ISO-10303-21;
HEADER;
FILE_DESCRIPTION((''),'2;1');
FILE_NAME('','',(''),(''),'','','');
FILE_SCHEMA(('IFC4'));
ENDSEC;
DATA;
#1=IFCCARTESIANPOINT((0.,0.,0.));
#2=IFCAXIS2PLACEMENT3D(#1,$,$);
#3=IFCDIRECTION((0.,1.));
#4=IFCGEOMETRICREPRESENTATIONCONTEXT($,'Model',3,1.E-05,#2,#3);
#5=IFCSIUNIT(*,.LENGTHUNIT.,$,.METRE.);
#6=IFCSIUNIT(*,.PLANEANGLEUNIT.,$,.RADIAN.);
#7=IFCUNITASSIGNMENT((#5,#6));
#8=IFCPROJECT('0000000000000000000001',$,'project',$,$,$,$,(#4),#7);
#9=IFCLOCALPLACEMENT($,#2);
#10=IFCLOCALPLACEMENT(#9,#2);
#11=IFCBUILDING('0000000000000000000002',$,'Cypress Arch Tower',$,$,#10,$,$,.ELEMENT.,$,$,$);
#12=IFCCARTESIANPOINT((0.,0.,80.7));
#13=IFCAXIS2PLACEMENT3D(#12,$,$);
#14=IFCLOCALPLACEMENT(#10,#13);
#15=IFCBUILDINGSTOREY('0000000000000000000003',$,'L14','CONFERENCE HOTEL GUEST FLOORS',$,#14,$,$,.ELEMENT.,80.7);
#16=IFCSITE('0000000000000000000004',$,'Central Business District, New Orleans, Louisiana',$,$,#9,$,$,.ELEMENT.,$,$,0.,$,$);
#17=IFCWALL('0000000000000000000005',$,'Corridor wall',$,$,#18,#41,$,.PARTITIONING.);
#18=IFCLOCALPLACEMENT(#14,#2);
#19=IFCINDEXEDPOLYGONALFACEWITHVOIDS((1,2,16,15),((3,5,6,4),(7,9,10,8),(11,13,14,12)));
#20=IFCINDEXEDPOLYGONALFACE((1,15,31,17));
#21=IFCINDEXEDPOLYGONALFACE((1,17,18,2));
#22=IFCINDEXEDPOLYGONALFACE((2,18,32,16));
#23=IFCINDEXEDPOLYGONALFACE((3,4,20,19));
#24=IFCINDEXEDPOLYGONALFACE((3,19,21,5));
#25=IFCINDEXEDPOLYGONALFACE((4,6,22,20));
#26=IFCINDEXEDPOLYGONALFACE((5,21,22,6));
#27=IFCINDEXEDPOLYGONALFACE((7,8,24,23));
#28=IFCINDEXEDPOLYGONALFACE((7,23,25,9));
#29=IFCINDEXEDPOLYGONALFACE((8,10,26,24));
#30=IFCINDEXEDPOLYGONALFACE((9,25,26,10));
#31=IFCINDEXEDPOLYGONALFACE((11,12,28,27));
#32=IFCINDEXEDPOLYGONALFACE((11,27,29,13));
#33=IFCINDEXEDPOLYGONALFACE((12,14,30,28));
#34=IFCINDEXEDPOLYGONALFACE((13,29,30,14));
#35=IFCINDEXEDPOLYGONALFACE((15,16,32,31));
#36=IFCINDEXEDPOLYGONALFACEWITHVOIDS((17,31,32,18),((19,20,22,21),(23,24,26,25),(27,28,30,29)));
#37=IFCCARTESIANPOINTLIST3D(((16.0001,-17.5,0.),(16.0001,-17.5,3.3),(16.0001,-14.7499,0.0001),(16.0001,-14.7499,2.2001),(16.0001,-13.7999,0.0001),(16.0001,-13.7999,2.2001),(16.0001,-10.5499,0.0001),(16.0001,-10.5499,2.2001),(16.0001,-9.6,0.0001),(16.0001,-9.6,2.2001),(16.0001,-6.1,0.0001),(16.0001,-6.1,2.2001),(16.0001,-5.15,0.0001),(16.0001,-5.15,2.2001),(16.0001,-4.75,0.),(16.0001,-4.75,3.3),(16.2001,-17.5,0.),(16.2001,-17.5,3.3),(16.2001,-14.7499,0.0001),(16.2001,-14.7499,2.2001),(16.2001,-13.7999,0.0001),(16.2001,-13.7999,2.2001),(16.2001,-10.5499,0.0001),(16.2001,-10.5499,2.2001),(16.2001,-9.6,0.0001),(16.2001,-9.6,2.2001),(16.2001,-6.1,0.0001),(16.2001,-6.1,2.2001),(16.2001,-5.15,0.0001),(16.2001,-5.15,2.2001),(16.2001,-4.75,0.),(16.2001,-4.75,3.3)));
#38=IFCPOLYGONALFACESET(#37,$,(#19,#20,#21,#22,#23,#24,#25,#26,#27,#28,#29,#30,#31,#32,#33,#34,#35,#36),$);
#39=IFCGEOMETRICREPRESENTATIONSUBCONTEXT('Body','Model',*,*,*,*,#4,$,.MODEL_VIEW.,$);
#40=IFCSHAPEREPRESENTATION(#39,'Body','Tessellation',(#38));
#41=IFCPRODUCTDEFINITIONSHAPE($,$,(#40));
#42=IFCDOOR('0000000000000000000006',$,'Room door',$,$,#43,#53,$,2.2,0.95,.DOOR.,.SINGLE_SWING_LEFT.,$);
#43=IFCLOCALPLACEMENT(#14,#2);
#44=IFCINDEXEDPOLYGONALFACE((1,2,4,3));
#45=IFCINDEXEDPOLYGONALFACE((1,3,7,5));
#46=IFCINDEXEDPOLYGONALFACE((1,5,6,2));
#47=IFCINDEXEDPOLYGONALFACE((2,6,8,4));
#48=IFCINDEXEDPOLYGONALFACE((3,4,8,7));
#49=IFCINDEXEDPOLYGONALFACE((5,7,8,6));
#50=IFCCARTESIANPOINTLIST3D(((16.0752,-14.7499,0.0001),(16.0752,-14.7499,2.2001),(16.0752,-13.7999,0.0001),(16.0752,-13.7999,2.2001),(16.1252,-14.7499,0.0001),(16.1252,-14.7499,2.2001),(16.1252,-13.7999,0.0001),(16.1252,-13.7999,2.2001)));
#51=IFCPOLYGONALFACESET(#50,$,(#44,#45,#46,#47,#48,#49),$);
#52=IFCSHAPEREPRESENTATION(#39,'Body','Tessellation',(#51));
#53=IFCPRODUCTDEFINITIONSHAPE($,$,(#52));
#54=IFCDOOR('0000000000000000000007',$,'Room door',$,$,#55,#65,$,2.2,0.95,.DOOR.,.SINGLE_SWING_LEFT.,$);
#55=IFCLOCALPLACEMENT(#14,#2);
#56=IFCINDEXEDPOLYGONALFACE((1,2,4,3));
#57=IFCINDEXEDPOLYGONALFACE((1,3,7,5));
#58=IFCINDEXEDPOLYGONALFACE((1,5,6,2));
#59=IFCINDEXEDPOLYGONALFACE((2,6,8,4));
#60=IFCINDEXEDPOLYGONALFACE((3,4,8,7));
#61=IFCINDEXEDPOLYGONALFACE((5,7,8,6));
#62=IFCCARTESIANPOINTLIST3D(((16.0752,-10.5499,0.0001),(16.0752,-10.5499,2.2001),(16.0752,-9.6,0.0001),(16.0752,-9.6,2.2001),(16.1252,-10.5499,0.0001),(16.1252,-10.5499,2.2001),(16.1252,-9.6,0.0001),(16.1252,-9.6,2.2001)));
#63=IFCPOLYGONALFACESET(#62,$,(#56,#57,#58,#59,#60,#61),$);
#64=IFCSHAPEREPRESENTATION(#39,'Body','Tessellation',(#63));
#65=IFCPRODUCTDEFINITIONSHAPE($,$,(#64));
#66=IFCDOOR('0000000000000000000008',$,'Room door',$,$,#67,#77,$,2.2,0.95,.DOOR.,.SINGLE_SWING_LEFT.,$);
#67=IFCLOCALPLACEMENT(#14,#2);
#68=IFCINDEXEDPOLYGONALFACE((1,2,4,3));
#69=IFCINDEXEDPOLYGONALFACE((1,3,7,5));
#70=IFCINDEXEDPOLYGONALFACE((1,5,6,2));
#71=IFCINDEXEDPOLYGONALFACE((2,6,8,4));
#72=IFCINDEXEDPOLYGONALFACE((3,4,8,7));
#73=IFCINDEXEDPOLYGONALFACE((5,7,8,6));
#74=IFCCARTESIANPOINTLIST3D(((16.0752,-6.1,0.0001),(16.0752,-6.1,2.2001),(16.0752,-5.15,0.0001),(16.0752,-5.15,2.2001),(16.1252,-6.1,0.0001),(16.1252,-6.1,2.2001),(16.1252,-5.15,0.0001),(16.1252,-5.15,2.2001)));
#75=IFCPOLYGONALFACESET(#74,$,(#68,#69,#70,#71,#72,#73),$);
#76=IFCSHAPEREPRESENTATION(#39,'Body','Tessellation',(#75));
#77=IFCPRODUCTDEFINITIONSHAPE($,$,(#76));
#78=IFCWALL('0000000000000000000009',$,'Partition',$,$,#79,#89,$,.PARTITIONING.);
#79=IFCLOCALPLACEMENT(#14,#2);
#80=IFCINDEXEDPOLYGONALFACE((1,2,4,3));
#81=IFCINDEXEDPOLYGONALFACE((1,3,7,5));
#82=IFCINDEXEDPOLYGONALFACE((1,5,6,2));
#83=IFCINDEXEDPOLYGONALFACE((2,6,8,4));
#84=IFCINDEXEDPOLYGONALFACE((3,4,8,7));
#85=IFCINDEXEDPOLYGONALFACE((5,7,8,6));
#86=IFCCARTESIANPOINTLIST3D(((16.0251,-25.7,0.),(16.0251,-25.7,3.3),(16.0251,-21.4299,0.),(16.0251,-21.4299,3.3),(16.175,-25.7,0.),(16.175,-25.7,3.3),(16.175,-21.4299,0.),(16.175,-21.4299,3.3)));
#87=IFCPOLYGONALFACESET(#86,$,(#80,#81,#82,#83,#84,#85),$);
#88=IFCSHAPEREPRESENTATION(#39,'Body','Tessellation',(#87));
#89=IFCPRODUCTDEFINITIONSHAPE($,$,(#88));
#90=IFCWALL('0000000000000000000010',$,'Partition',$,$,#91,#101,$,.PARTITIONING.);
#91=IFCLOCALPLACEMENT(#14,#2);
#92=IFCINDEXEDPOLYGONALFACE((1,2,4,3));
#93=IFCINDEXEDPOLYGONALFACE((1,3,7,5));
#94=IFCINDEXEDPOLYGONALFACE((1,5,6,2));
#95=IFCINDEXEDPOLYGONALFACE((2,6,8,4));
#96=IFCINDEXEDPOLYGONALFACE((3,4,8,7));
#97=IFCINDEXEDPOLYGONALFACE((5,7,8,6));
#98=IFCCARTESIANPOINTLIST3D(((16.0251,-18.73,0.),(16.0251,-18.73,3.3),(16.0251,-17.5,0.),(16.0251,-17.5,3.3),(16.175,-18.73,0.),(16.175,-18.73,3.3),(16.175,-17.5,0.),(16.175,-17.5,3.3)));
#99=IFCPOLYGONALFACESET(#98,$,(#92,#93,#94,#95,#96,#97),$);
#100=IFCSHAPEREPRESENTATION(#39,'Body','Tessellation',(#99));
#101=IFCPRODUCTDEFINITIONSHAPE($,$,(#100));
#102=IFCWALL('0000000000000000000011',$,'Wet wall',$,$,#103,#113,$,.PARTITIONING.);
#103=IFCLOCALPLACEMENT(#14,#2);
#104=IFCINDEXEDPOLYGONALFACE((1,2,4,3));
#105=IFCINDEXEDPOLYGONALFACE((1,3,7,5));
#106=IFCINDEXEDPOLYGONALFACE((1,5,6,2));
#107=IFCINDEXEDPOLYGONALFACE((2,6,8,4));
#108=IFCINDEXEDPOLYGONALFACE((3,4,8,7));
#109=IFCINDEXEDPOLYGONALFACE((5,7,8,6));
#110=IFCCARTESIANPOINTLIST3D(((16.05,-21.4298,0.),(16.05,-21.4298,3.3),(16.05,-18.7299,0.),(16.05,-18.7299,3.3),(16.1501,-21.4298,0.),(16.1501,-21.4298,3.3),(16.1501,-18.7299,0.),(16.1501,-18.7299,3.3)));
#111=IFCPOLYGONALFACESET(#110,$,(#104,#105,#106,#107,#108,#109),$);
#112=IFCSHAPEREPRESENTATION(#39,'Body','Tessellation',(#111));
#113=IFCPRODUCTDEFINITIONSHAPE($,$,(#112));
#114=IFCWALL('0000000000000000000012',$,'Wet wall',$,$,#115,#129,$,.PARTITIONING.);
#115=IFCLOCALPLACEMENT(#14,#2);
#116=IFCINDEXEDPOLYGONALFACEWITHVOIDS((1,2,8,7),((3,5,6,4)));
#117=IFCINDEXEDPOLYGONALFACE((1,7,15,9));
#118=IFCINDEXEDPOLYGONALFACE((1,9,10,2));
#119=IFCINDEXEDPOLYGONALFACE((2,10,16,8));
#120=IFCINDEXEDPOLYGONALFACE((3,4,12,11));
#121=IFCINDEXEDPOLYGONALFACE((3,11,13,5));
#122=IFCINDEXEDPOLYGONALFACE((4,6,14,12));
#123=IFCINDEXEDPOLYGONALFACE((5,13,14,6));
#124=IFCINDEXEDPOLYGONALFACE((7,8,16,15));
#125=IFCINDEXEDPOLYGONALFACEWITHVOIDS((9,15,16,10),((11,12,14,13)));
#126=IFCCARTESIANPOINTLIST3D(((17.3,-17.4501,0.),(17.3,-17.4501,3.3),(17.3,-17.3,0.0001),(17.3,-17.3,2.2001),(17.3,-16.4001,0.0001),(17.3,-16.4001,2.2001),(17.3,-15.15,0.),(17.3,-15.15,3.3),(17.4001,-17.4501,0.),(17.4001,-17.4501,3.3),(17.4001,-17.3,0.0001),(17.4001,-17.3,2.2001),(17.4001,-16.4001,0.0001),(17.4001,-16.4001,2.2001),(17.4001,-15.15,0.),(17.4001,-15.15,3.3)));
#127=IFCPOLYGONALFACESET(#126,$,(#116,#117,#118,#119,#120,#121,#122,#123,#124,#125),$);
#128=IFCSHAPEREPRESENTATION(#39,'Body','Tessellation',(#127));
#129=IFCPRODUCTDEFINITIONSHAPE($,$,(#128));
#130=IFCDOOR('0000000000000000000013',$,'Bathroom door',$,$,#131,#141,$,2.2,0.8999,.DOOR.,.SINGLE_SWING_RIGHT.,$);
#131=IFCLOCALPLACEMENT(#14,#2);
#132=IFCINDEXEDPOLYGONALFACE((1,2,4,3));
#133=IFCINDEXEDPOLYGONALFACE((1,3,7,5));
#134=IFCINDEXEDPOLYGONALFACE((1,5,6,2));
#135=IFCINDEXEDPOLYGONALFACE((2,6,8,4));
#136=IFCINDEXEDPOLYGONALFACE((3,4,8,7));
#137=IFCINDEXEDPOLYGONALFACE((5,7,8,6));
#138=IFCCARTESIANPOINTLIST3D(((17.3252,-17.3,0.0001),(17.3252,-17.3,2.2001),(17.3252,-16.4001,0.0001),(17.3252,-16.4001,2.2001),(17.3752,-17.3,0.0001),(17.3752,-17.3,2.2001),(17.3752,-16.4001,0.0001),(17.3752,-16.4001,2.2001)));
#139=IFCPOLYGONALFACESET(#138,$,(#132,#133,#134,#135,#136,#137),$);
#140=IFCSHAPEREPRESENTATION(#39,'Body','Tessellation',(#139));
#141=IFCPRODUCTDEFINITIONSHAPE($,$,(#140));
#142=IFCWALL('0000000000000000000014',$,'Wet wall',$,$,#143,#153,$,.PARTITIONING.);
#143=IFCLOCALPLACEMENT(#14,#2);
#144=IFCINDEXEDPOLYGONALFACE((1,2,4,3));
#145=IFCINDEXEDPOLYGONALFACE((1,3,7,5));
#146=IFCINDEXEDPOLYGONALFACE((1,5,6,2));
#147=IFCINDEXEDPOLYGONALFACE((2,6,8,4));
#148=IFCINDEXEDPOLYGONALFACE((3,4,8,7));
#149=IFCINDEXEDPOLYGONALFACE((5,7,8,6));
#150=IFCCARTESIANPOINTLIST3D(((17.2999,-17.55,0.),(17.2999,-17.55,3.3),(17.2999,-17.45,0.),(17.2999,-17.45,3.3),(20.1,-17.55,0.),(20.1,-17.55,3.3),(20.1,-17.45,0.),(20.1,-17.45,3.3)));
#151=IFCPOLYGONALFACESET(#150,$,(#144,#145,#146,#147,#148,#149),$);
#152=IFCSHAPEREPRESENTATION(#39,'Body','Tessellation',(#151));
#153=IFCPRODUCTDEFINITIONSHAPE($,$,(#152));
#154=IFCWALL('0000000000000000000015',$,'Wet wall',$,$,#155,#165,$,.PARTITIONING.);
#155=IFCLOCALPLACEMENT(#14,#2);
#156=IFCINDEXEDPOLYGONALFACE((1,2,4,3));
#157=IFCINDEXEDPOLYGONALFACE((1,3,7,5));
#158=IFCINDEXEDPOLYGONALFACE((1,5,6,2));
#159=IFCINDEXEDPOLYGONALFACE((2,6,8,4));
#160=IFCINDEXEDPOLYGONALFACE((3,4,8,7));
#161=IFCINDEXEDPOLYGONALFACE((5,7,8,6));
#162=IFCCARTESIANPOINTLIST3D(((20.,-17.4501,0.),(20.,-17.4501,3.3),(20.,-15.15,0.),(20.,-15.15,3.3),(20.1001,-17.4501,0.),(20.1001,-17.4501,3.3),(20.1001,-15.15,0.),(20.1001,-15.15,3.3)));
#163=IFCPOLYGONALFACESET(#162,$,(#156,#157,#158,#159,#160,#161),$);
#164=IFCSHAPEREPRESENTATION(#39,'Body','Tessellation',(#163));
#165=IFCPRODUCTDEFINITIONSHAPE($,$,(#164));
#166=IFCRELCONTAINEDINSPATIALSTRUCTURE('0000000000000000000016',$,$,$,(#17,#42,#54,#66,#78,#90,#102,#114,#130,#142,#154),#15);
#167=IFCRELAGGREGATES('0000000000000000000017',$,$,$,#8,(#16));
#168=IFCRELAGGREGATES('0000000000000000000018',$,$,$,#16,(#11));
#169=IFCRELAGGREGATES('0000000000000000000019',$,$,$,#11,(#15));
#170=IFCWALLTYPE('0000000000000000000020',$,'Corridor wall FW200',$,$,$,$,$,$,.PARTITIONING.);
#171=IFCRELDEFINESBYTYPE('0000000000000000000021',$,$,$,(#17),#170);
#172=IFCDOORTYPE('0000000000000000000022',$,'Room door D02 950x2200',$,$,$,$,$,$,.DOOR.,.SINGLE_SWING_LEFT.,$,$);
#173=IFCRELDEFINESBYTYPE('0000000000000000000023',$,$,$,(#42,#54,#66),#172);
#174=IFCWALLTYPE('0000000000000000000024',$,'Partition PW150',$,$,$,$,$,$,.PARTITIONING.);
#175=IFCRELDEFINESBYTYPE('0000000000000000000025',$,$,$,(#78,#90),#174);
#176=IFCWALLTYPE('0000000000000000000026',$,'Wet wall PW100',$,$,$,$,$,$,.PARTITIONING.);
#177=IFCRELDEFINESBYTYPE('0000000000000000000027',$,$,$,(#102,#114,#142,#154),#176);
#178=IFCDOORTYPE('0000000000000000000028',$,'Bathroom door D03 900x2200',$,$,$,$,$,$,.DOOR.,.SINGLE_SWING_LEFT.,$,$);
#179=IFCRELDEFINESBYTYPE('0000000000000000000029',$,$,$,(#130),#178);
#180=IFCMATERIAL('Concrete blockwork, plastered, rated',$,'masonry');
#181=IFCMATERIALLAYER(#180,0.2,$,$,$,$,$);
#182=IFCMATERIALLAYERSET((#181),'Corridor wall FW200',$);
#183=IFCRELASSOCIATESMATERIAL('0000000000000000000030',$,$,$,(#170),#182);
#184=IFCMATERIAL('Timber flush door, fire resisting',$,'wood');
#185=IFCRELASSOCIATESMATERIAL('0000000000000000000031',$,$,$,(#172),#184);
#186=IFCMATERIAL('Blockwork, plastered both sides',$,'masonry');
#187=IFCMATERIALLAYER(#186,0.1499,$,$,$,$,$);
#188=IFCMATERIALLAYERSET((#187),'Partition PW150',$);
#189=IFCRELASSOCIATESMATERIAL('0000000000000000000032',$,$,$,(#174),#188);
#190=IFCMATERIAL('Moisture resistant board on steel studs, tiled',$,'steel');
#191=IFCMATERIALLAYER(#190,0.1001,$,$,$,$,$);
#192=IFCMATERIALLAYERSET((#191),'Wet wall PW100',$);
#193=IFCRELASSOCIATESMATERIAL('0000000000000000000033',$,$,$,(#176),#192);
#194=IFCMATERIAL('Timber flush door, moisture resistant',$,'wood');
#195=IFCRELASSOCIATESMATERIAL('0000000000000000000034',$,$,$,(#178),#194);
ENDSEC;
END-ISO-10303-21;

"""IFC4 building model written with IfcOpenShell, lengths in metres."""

from ifc_helpers import new_model, si_unit, direction, frame, frame_2d, origin, place, context, subcontext, project, spatial, rectangle, extrude, material, layer, layer_set, type_object, element, fill, save


model = new_model("IFC4")

# Units and contexts
model_context = context("Model", 3, precision=1e-05, world=origin(), true_north=direction((0.0, 1.0)))
body_context = subcontext(model_context, "Body", "Model", "MODEL_VIEW")
ifc_project = project(units=[si_unit("LENGTHUNIT", "METRE"), si_unit("PLANEANGLEUNIT", "RADIAN")], contexts=[model_context])

# Site, building, storey
site_placement = place(None, origin())
site = spatial("IfcSite", under=ifc_project, at=site_placement, Name="Central Business District, New Orleans, Louisiana", CompositionType="ELEMENT", RefElevation=0.0)
building_placement = place(site_placement, origin())
building = spatial("IfcBuilding", under=site, at=building_placement, Name="Cypress Arch Tower", CompositionType="ELEMENT")
storey_placement = place(building_placement, frame((0.0, 0.0, 80.7)))
storey = spatial("IfcBuildingStorey", under=building, at=storey_placement, Name="L14", Description="CONFERENCE HOTEL GUEST FLOORS", CompositionType="ELEMENT", Elevation=80.7)

# Wall, openings, doors
ifc_material_1 = material(Name="Concrete blockwork, plastered, rated", Category="masonry")
ifc_layer_1 = layer(ifc_material_1, 0.2)
ifc_layer_set_1 = layer_set([ifc_layer_1], Name="Corridor wall FW200")
wall_type_1 = type_object("IfcWallType", Name="Corridor wall FW200", PredefinedType="PARTITIONING", material=ifc_layer_set_1)
wall_1_placement = place(storey_placement, frame((16.1001, -17.5, 0.0), z_axis=(0.0, 0.0, 1.0), x_axis=(0.0, 1.0, 0.0)))
wall_1 = element("IfcWall", 1, at=wall_1_placement, inside=storey, type_object=wall_type_1, Name="Corridor wall", PredefinedType="PARTITIONING", context=body_context, shape_type="SweptSolid", body=[
    extrude(rectangle(XDim=12.75, YDim=0.2, at=frame_2d((6.375, 0.0))), origin(), (0.0, 0.0, 1.0), 3.3),
])
opening_1_placement = place(wall_1_placement, frame((2.75, 0.0, 0.0)))
opening_1 = element("IfcOpeningElement", 2, at=opening_1_placement, cuts=wall_1, PredefinedType="OPENING", context=body_context, shape_type="SweptSolid", body=[
    extrude(rectangle(XDim=0.95, YDim=2.2, at=frame_2d((0.4751, 1.1001))), frame((0.0, 0.1099, 0.0), z_axis=(0.0, -1.0, 0.0), x_axis=(1.0, 0.0, 0.0)), (0.0, 0.0, 1.0), 0.22),
])
opening_2_placement = place(wall_1_placement, frame((6.95, 0.0, 0.0)))
opening_2 = element("IfcOpeningElement", 3, at=opening_2_placement, cuts=wall_1, PredefinedType="OPENING", context=body_context, shape_type="SweptSolid", body=[
    extrude(rectangle(XDim=0.95, YDim=2.2, at=frame_2d((0.4751, 1.1001))), frame((0.0, 0.1099, 0.0), z_axis=(0.0, -1.0, 0.0), x_axis=(1.0, 0.0, 0.0)), (0.0, 0.0, 1.0), 0.22),
])
opening_3_placement = place(wall_1_placement, frame((11.3999, 0.0, 0.0)))
opening_3 = element("IfcOpeningElement", 4, at=opening_3_placement, cuts=wall_1, PredefinedType="OPENING", context=body_context, shape_type="SweptSolid", body=[
    extrude(rectangle(XDim=0.95, YDim=2.2, at=frame_2d((0.4751, 1.1001))), frame((0.0, 0.1099, 0.0), z_axis=(0.0, -1.0, 0.0), x_axis=(1.0, 0.0, 0.0)), (0.0, 0.0, 1.0), 0.22),
])
ifc_material_2 = material(Name="Timber flush door, fire resisting", Category="wood")
door_type_1 = type_object("IfcDoorType", Name="Room door D02 950x2200", OperationType="SINGLE_SWING_LEFT", PredefinedType="DOOR", material=ifc_material_2)
door_1_placement = place(opening_1_placement, origin())
door_1 = element("IfcDoor", 5, at=door_1_placement, inside=storey, type_object=door_type_1, Name="Room door", OperationType="SINGLE_SWING_LEFT", OverallHeight=2.2, OverallWidth=0.95, PredefinedType="DOOR", context=body_context, shape_type="SweptSolid", body=[
    extrude(rectangle(XDim=0.95, YDim=2.2, at=frame_2d((0.4751, 1.1001))), frame((0.0, 0.0249, 0.0), z_axis=(0.0, -1.0, 0.0), x_axis=(1.0, 0.0, 0.0)), (0.0, 0.0, 1.0), 0.05),
])
fill(opening_1, door_1)
door_2_placement = place(opening_2_placement, origin())
door_2 = element("IfcDoor", 6, at=door_2_placement, inside=storey, type_object=door_type_1, Name="Room door", OperationType="SINGLE_SWING_LEFT", OverallHeight=2.2, OverallWidth=0.95, PredefinedType="DOOR", context=body_context, shape_type="SweptSolid", body=[
    extrude(rectangle(XDim=0.95, YDim=2.2, at=frame_2d((0.4751, 1.1001))), frame((0.0, 0.0249, 0.0), z_axis=(0.0, -1.0, 0.0), x_axis=(1.0, 0.0, 0.0)), (0.0, 0.0, 1.0), 0.05),
])
fill(opening_2, door_2)
door_3_placement = place(opening_3_placement, origin())
door_3 = element("IfcDoor", 7, at=door_3_placement, inside=storey, type_object=door_type_1, Name="Room door", OperationType="SINGLE_SWING_LEFT", OverallHeight=2.2, OverallWidth=0.95, PredefinedType="DOOR", context=body_context, shape_type="SweptSolid", body=[
    extrude(rectangle(XDim=0.95, YDim=2.2, at=frame_2d((0.4751, 1.1001))), frame((0.0, 0.0249, 0.0), z_axis=(0.0, -1.0, 0.0), x_axis=(1.0, 0.0, 0.0)), (0.0, 0.0, 1.0), 0.05),
])
fill(opening_3, door_3)

# Walls
ifc_material_3 = material(Name="Blockwork, plastered both sides", Category="masonry")
ifc_layer_2 = layer(ifc_material_3, 0.1499)
ifc_layer_set_2 = layer_set([ifc_layer_2], Name="Partition PW150")
wall_type_2 = type_object("IfcWallType", Name="Partition PW150", PredefinedType="PARTITIONING", material=ifc_layer_set_2)
wall_2_placement = place(storey_placement, frame((16.1001, -25.7, 0.0), z_axis=(0.0, 0.0, 1.0), x_axis=(0.0, 1.0, 0.0)))
element("IfcWall", 8, at=wall_2_placement, inside=storey, type_object=wall_type_2, Name="Partition", PredefinedType="PARTITIONING", context=body_context, shape_type="SweptSolid", body=[
    extrude(rectangle(XDim=4.27, YDim=0.1499, at=frame_2d((2.135, 0.0))), origin(), (0.0, 0.0, 1.0), 3.3),
])
wall_3_placement = place(storey_placement, frame((16.1001, -18.73, 0.0), z_axis=(0.0, 0.0, 1.0), x_axis=(0.0, 1.0, 0.0)))
element("IfcWall", 9, at=wall_3_placement, inside=storey, type_object=wall_type_2, Name="Partition", PredefinedType="PARTITIONING", context=body_context, shape_type="SweptSolid", body=[
    extrude(rectangle(XDim=1.23, YDim=0.1499, at=frame_2d((0.615, 0.0))), origin(), (0.0, 0.0, 1.0), 3.3),
])
ifc_material_4 = material(Name="Moisture resistant board on steel studs, tiled", Category="steel")
ifc_layer_3 = layer(ifc_material_4, 0.1001)
ifc_layer_set_3 = layer_set([ifc_layer_3], Name="Wet wall PW100")
wall_type_3 = type_object("IfcWallType", Name="Wet wall PW100", PredefinedType="PARTITIONING", material=ifc_layer_set_3)
wall_4_placement = place(storey_placement, frame((16.1001, -21.4299, 0.0), z_axis=(0.0, 0.0, 1.0), x_axis=(0.0, 1.0, 0.0)))
element("IfcWall", 10, at=wall_4_placement, inside=storey, type_object=wall_type_3, Name="Wet wall", PredefinedType="PARTITIONING", context=body_context, shape_type="SweptSolid", body=[
    extrude(rectangle(XDim=2.7, YDim=0.1001, at=frame_2d((1.3501, 0.0))), origin(), (0.0, 0.0, 1.0), 3.3),
])

# Wall, opening, door
wall_5_placement = place(storey_placement, frame((17.3501, -17.45, 0.0), z_axis=(0.0, 0.0, 1.0), x_axis=(0.0, 1.0, 0.0)))
wall_5 = element("IfcWall", 11, at=wall_5_placement, inside=storey, type_object=wall_type_3, Name="Wet wall", PredefinedType="PARTITIONING", context=body_context, shape_type="SweptSolid", body=[
    extrude(rectangle(XDim=2.3, YDim=0.1001, at=frame_2d((1.1499, 0.0))), origin(), (0.0, 0.0, 1.0), 3.3),
])
opening_4_placement = place(wall_5_placement, frame((0.1499, 0.0, 0.0)))
opening_4 = element("IfcOpeningElement", 12, at=opening_4_placement, cuts=wall_5, PredefinedType="OPENING", context=body_context, shape_type="SweptSolid", body=[
    extrude(rectangle(XDim=0.8999, YDim=2.2, at=frame_2d((0.45, 1.1001))), frame((0.0, 0.0601, 0.0), z_axis=(0.0, -1.0, 0.0), x_axis=(1.0, 0.0, 0.0)), (0.0, 0.0, 1.0), 0.1201),
])
ifc_material_5 = material(Name="Timber flush door, moisture resistant", Category="wood")
door_type_2 = type_object("IfcDoorType", Name="Bathroom door D03 900x2200", OperationType="SINGLE_SWING_LEFT", PredefinedType="DOOR", material=ifc_material_5)
door_4_placement = place(opening_4_placement, origin())
door_4 = element("IfcDoor", 13, at=door_4_placement, inside=storey, type_object=door_type_2, Name="Bathroom door", OperationType="SINGLE_SWING_RIGHT", OverallHeight=2.2, OverallWidth=0.8999, PredefinedType="DOOR", context=body_context, shape_type="SweptSolid", body=[
    extrude(rectangle(XDim=0.8999, YDim=2.2, at=frame_2d((0.45, 1.1001))), frame((0.0, 0.0249, 0.0), z_axis=(0.0, -1.0, 0.0), x_axis=(1.0, 0.0, 0.0)), (0.0, 0.0, 1.0), 0.05),
])
fill(opening_4, door_4)

# Walls
wall_6_placement = place(storey_placement, frame((17.3, -17.5, 0.0), z_axis=(0.0, 0.0, 1.0), x_axis=(1.0, 0.0, 0.0)))
element("IfcWall", 14, at=wall_6_placement, inside=storey, type_object=wall_type_3, Name="Wet wall", PredefinedType="PARTITIONING", context=body_context, shape_type="SweptSolid", body=[
    extrude(rectangle(XDim=2.8, YDim=0.1001, at=frame_2d((1.3999, 0.0))), origin(), (0.0, 0.0, 1.0), 3.3),
])
wall_7_placement = place(storey_placement, frame((20.05, -17.45, 0.0), z_axis=(0.0, 0.0, 1.0), x_axis=(0.0, 1.0, 0.0)))
element("IfcWall", 15, at=wall_7_placement, inside=storey, type_object=wall_type_3, Name="Wet wall", PredefinedType="PARTITIONING", context=body_context, shape_type="SweptSolid", body=[
    extrude(rectangle(XDim=2.3, YDim=0.1001, at=frame_2d((1.1499, 0.0))), origin(), (0.0, 0.0, 1.0), 3.3),
])

save(model, "model.ifc")
